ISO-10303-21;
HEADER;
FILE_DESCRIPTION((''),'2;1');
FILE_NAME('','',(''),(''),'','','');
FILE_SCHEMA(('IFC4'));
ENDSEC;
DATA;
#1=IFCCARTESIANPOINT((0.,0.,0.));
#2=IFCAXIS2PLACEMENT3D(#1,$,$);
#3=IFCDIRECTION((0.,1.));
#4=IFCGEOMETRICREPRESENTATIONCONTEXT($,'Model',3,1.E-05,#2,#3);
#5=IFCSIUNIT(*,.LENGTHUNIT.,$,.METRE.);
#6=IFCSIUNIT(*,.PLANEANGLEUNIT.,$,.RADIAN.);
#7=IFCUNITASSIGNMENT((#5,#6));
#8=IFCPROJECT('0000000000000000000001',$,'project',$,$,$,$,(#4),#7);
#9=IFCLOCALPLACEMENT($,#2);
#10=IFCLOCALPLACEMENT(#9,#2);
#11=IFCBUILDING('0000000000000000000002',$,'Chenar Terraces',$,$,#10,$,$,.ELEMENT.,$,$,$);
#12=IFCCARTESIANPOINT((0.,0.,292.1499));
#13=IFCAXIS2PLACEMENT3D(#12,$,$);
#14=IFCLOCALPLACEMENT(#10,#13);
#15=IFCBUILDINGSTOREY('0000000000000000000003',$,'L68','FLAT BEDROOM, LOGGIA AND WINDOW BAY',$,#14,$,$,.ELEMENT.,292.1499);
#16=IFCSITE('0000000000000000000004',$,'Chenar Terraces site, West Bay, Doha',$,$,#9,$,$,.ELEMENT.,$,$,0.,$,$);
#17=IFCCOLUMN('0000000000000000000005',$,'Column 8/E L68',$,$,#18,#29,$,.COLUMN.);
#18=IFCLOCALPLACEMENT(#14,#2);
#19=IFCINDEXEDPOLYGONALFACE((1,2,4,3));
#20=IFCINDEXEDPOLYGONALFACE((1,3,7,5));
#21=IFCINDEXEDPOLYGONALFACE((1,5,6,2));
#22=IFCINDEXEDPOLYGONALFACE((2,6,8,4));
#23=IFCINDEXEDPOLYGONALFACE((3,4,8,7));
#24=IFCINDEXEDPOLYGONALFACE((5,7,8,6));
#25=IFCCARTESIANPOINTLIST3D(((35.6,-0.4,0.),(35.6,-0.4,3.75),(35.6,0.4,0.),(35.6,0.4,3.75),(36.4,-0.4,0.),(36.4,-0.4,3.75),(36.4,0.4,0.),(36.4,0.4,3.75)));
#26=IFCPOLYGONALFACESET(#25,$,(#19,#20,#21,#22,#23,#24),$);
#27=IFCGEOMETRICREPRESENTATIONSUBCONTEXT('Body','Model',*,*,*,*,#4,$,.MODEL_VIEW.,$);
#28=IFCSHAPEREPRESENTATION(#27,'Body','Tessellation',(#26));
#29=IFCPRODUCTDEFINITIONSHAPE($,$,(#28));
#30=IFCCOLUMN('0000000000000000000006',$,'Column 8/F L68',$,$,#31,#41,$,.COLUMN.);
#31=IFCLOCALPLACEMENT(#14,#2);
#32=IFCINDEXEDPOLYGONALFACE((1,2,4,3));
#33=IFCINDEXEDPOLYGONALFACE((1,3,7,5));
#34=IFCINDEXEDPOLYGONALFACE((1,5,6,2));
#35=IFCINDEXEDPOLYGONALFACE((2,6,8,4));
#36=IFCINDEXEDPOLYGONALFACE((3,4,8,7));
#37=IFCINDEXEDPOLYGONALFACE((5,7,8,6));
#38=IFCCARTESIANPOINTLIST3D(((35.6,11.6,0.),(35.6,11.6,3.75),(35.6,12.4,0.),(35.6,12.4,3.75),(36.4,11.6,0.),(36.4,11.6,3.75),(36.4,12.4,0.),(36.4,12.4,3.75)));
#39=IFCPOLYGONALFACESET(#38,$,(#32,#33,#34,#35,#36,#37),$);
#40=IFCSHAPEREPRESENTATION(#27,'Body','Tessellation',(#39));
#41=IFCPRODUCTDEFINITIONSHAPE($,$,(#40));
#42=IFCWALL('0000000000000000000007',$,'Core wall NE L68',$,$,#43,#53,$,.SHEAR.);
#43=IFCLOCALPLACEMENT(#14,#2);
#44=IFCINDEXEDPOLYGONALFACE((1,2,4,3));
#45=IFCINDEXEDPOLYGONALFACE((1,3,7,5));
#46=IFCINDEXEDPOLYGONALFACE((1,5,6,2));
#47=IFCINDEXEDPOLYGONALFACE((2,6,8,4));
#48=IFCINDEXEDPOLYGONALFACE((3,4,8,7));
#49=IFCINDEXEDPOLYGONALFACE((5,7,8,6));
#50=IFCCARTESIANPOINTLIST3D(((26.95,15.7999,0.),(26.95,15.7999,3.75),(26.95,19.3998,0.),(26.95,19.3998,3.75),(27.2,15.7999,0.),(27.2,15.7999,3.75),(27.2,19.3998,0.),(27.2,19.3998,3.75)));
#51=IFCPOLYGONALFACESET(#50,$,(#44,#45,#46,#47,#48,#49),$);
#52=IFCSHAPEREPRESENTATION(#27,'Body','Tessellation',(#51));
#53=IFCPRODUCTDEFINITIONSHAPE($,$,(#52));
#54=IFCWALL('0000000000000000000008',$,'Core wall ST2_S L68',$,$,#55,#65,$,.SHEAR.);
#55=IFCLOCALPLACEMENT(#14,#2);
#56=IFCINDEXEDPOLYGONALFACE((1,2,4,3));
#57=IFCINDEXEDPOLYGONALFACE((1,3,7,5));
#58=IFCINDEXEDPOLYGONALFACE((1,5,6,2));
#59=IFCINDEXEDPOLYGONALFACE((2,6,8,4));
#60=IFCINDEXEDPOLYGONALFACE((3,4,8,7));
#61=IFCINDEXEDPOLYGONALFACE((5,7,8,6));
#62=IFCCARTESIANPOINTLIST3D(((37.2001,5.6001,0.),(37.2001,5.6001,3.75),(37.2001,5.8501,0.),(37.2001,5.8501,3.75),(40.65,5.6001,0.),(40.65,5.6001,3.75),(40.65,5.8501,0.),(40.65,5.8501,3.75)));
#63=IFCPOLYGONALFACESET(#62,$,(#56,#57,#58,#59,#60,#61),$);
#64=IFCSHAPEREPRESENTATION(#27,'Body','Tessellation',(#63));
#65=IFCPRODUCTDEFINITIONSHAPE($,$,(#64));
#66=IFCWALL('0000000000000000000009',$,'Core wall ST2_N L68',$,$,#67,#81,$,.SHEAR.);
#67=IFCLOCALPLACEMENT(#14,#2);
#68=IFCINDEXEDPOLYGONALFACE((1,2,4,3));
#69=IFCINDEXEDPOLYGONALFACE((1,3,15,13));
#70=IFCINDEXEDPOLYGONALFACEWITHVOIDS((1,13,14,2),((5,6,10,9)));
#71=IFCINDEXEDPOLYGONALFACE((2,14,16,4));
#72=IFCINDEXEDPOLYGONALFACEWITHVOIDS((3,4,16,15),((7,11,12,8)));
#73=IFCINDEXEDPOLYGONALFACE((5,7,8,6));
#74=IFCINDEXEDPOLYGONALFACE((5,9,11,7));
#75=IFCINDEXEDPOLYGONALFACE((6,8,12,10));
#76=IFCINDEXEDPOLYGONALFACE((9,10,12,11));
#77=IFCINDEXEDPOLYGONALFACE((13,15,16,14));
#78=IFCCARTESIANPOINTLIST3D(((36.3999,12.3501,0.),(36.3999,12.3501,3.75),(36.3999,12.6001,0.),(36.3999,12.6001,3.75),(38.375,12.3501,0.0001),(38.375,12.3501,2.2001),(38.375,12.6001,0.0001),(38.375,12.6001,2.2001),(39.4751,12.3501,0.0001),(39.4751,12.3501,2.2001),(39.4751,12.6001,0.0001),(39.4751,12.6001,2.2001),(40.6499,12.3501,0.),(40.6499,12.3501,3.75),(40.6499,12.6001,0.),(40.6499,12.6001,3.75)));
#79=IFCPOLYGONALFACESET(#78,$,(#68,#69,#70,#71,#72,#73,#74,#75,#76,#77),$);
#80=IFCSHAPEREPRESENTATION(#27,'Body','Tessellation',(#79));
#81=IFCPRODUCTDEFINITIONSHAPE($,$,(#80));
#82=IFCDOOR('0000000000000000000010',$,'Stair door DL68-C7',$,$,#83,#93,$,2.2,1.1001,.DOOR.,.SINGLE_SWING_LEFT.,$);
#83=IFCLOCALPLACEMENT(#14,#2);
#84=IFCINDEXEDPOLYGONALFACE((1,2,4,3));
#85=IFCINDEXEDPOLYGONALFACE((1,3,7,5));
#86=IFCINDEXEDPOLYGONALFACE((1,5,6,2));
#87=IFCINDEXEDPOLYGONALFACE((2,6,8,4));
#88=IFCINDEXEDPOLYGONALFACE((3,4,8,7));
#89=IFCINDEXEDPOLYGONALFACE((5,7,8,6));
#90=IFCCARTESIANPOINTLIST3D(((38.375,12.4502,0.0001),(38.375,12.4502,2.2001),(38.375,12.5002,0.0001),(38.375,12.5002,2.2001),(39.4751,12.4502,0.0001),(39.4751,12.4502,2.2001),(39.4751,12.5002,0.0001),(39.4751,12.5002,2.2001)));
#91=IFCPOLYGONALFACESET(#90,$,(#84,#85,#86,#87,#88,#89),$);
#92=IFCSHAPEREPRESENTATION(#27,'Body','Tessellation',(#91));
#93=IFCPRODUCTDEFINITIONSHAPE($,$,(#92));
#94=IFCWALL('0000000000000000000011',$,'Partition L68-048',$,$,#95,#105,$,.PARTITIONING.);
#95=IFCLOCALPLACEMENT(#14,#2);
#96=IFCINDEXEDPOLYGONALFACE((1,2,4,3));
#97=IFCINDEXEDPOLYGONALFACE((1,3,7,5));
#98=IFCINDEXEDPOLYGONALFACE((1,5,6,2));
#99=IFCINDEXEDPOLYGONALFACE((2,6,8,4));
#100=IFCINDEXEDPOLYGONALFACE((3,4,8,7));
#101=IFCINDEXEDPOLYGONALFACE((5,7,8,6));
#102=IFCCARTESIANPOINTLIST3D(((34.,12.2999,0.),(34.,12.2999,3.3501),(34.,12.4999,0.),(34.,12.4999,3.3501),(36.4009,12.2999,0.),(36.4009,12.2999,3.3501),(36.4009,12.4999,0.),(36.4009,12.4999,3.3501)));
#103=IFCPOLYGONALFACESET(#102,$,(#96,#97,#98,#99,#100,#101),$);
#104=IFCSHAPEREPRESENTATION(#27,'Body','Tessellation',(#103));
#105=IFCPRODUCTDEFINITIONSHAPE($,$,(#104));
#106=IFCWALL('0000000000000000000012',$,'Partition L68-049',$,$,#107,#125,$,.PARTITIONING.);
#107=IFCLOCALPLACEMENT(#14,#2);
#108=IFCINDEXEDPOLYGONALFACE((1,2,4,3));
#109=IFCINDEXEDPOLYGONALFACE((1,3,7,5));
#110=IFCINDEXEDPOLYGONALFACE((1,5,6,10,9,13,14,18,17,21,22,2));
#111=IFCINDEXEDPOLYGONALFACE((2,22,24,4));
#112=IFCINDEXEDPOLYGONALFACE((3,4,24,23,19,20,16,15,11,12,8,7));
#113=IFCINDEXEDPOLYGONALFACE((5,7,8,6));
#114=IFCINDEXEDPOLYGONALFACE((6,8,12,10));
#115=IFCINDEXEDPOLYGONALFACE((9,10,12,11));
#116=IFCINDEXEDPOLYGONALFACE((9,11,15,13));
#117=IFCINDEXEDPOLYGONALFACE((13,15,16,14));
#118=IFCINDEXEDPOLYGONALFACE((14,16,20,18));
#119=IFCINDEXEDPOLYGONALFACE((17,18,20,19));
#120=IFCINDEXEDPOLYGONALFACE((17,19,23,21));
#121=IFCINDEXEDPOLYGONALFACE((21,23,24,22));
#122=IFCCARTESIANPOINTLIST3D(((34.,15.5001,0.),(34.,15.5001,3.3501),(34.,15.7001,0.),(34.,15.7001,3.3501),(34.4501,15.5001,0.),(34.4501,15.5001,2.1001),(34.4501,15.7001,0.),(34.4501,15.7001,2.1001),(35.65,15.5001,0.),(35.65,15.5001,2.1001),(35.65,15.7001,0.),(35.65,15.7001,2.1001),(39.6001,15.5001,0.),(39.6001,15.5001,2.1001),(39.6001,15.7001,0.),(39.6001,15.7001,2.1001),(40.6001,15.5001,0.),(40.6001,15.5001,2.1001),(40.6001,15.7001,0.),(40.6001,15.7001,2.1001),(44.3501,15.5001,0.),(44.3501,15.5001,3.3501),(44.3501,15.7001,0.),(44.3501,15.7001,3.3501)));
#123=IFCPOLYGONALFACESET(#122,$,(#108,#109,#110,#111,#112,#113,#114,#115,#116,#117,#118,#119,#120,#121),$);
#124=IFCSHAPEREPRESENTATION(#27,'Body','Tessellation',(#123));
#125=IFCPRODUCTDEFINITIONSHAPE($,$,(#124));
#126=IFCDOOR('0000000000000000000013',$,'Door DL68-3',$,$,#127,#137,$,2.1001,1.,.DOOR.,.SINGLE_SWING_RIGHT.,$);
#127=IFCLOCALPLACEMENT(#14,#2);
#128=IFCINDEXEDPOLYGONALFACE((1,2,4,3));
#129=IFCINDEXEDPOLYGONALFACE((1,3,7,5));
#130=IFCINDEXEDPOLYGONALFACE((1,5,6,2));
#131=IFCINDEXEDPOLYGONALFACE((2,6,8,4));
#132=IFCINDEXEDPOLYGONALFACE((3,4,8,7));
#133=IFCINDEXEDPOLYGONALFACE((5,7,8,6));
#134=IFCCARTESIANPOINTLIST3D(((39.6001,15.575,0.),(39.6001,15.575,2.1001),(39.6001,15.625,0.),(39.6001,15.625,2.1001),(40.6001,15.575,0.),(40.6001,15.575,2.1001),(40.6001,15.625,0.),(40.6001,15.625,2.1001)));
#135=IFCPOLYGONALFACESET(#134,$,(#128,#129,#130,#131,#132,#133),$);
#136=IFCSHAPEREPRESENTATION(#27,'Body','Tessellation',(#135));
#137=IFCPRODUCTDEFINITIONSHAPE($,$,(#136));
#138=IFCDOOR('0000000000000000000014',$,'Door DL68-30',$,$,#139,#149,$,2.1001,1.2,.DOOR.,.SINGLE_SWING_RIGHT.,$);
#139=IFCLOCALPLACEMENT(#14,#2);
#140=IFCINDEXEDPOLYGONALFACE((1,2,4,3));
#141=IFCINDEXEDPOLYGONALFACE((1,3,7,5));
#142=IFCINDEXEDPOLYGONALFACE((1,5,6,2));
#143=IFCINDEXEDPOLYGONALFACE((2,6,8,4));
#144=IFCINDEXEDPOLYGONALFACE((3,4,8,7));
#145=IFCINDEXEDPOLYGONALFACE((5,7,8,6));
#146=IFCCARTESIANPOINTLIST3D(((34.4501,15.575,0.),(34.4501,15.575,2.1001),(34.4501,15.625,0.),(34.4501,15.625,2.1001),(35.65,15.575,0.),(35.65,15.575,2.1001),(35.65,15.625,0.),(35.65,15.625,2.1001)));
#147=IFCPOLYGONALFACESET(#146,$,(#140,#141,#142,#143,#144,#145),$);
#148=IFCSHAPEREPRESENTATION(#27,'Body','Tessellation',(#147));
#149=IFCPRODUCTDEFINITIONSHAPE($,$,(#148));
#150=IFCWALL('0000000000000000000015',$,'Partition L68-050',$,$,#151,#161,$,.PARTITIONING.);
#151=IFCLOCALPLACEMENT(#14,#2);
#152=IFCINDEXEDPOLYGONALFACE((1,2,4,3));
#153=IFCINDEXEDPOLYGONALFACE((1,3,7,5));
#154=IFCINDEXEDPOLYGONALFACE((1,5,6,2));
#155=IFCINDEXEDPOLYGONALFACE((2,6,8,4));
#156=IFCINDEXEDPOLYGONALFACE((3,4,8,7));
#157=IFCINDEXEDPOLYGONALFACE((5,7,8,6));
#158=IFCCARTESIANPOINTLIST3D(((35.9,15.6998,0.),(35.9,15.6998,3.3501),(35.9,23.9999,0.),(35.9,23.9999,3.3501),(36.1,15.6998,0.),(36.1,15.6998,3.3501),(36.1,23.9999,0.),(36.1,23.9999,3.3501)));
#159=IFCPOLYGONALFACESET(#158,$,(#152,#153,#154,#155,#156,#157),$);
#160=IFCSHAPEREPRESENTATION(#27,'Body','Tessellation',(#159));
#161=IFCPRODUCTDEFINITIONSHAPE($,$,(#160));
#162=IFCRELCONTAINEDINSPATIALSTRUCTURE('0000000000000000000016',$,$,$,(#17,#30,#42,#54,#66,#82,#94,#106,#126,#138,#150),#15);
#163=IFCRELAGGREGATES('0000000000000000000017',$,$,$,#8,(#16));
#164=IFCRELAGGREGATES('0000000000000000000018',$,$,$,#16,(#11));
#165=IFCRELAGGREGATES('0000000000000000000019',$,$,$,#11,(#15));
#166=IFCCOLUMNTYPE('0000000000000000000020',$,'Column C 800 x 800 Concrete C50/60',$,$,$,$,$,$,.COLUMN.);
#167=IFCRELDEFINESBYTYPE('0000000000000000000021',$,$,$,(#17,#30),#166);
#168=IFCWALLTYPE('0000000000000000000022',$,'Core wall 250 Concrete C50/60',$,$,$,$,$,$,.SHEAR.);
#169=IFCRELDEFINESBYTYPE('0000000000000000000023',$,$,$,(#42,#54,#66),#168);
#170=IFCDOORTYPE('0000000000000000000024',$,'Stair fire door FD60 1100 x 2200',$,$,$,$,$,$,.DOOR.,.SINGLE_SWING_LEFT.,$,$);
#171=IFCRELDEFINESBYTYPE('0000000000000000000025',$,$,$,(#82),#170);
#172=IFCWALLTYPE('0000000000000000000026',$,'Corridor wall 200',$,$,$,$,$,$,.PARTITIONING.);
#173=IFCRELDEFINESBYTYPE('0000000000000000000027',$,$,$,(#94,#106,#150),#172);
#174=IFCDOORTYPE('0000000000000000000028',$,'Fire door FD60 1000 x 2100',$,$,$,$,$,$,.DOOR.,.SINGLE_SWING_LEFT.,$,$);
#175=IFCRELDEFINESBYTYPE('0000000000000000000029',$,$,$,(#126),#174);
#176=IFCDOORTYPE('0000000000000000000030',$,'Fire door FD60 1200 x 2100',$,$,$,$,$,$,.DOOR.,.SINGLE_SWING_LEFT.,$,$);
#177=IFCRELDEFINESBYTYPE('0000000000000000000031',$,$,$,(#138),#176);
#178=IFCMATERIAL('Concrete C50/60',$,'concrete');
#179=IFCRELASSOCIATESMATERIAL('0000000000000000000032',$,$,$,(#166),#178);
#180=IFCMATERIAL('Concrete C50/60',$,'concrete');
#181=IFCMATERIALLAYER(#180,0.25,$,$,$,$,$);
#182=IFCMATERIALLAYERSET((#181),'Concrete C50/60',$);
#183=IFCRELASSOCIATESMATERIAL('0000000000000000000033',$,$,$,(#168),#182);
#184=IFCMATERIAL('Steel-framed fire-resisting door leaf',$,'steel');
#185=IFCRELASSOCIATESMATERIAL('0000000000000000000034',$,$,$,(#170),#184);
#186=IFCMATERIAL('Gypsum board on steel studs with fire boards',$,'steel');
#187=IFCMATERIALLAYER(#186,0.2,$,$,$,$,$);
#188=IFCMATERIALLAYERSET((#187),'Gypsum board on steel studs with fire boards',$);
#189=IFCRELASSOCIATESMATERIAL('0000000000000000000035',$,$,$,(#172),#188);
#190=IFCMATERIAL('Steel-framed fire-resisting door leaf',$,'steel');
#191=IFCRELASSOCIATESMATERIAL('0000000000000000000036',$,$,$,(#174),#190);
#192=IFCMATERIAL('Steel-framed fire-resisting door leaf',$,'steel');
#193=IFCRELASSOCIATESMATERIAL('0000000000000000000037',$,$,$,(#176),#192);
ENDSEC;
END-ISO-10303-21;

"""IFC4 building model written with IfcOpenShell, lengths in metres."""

from ifc_helpers import new_model, si_unit, direction, frame, frame_2d, origin, origin_2d, place, context, subcontext, project, spatial, rectangle, extrude, material, layer, layer_set, material_profile, profile_set, type_object, element, fill, save


model = new_model("IFC4")

# Units and contexts
model_context = context("Model", 3, precision=1e-05, world=origin(), true_north=direction((0.0, 1.0)))
body_context = subcontext(model_context, "Body", "Model", "MODEL_VIEW")
ifc_project = project(units=[si_unit("LENGTHUNIT", "METRE"), si_unit("PLANEANGLEUNIT", "RADIAN")], contexts=[model_context])

# Site, building, storey
site_placement = place(None, origin())
site = spatial("IfcSite", under=ifc_project, at=site_placement, Name="Chenar Terraces site, West Bay, Doha", CompositionType="ELEMENT", RefElevation=0.0)
building_placement = place(site_placement, origin())
building = spatial("IfcBuilding", under=site, at=building_placement, Name="Chenar Terraces", CompositionType="ELEMENT")
storey_placement = place(building_placement, frame((0.0, 0.0, 292.1499)))
storey = spatial("IfcBuildingStorey", under=building, at=storey_placement, Name="L68", Description="FLAT BEDROOM, LOGGIA AND WINDOW BAY", CompositionType="ELEMENT", Elevation=292.1499)

# Columns
ifc_material_1 = material(Name="Concrete C50/60", Category="concrete")
ifc_material_profile = material_profile(ifc_material_1, rectangle(XDim=0.8, YDim=0.8, at=origin_2d()), Name="C 800 x 800")
ifc_profile_set = profile_set([ifc_material_profile], Name="Concrete C50/60")
column_type = type_object("IfcColumnType", Name="Column C 800 x 800 Concrete C50/60", PredefinedType="COLUMN", material=ifc_profile_set)
for number, where, z_axis, x_axis, name in (
    (1, (36.0, 0.0, 0.0), (0.0, 0.0, 1.0), (1.0, 0.0, 0.0), "Column 8/E L68"),
    (2, (36.0, 12.0, 0.0), (0.0, 0.0, 1.0), (1.0, 0.0, 0.0), "Column 8/F L68"),
):
    element("IfcColumn", number, at=place(storey_placement, frame(where, z_axis=z_axis, x_axis=x_axis)), inside=storey, type_object=column_type, Name=name, PredefinedType="COLUMN", context=body_context, shape_type="SweptSolid", body=[
        extrude(rectangle(XDim=0.8, YDim=0.8, at=origin_2d()), origin(), (0.0, 0.0, 1.0), 3.75),
    ])

# Walls
ifc_material_2 = material(Name="Concrete C50/60", Category="concrete")
ifc_layer_1 = layer(ifc_material_2, 0.25)
ifc_layer_set_1 = layer_set([ifc_layer_1], Name="Concrete C50/60")
wall_type_1 = type_object("IfcWallType", Name="Core wall 250 Concrete C50/60", PredefinedType="SHEAR", material=ifc_layer_set_1)
wall_1_placement = place(storey_placement, frame((27.075, 15.8, 0.0), z_axis=(0.0, 0.0, 1.0), x_axis=(0.0, 1.0, 0.0)))
element("IfcWall", 3, at=wall_1_placement, inside=storey, type_object=wall_type_1, Name="Core wall NE L68", PredefinedType="SHEAR", context=body_context, shape_type="SweptSolid", body=[
    extrude(rectangle(XDim=3.5999, YDim=0.25, at=frame_2d((1.7998, 0.0))), origin(), (0.0, 0.0, 1.0), 3.75),
])
wall_2_placement = place(storey_placement, frame((37.2, 5.7251, 0.0), z_axis=(0.0, 0.0, 1.0), x_axis=(1.0, 0.0, 0.0)))
element("IfcWall", 4, at=wall_2_placement, inside=storey, type_object=wall_type_1, Name="Core wall ST2_S L68", PredefinedType="SHEAR", context=body_context, shape_type="SweptSolid", body=[
    extrude(rectangle(XDim=3.45, YDim=0.25, at=frame_2d((1.7251, 0.0))), origin(), (0.0, 0.0, 1.0), 3.75),
])

# Wall, opening, door
wall_3_placement = place(storey_placement, frame((36.3999, 12.4751, 0.0), z_axis=(0.0, 0.0, 1.0), x_axis=(1.0, 0.0, 0.0)))
wall_3 = element("IfcWall", 5, at=wall_3_placement, inside=storey, type_object=wall_type_1, Name="Core wall ST2_N L68", PredefinedType="SHEAR", context=body_context, shape_type="SweptSolid", body=[
    extrude(rectangle(XDim=4.25, YDim=0.25, at=frame_2d((2.125, 0.0))), origin(), (0.0, 0.0, 1.0), 3.75),
])
opening_1_placement = place(wall_3_placement, frame((1.9751, 0.0, 0.0)))
opening_1 = element("IfcOpeningElement", 6, at=opening_1_placement, cuts=wall_3, PredefinedType="OPENING", context=body_context, shape_type="SweptSolid", body=[
    extrude(rectangle(XDim=1.1001, YDim=2.2, at=frame_2d((0.55, 1.1001))), frame((0.0, 0.135, 0.0), z_axis=(0.0, -1.0, 0.0), x_axis=(1.0, 0.0, 0.0)), (0.0, 0.0, 1.0), 0.27),
])
ifc_material_3 = material(Name="Steel-framed fire-resisting door leaf", Category="steel")
door_type_1 = type_object("IfcDoorType", Name="Stair fire door FD60 1100 x 2200", OperationType="SINGLE_SWING_LEFT", PredefinedType="DOOR", material=ifc_material_3)
door_1_placement = place(opening_1_placement, frame((1.1001, 0.0, 0.0), z_axis=(0.0, 0.0, 1.0), x_axis=(-1.0, 0.0, 0.0)))
door_1 = element("IfcDoor", 7, at=door_1_placement, inside=storey, type_object=door_type_1, Name="Stair door DL68-C7", OperationType="SINGLE_SWING_LEFT", OverallHeight=2.2, OverallWidth=1.1001, PredefinedType="DOOR", context=body_context, shape_type="SweptSolid", body=[
    extrude(rectangle(XDim=1.1001, YDim=2.2, at=frame_2d((0.55, 1.1001))), frame((0.0, 0.0249, 0.0), z_axis=(0.0, -1.0, 0.0), x_axis=(1.0, 0.0, 0.0)), (0.0, 0.0, 1.0), 0.05),
])
fill(opening_1, door_1)

# Wall
ifc_material_4 = material(Name="Gypsum board on steel studs with fire boards", Category="steel")
ifc_layer_2 = layer(ifc_material_4, 0.2)
ifc_layer_set_2 = layer_set([ifc_layer_2], Name="Gypsum board on steel studs with fire boards")
wall_type_2 = type_object("IfcWallType", Name="Corridor wall 200", PredefinedType="PARTITIONING", material=ifc_layer_set_2)
wall_4_placement = place(storey_placement, frame((34.0, 12.3999, 0.0), z_axis=(0.0, 0.0, 1.0), x_axis=(1.0, 0.0, 0.0)))
element("IfcWall", 8, at=wall_4_placement, inside=storey, type_object=wall_type_2, Name="Partition L68-048", PredefinedType="PARTITIONING", context=body_context, shape_type="SweptSolid", body=[
    extrude(rectangle(XDim=2.4009, YDim=0.2, at=frame_2d((1.2004, 0.0))), origin(), (0.0, 0.0, 1.0), 3.3501),
])

# Wall, openings, doors
wall_5_placement = place(storey_placement, frame((34.0, 15.6001, 0.0), z_axis=(0.0, 0.0, 1.0), x_axis=(1.0, 0.0, 0.0)))
wall_5 = element("IfcWall", 9, at=wall_5_placement, inside=storey, type_object=wall_type_2, Name="Partition L68-049", PredefinedType="PARTITIONING", context=body_context, shape_type="SweptSolid", body=[
    extrude(rectangle(XDim=10.3501, YDim=0.2, at=frame_2d((5.175, 0.0))), origin(), (0.0, 0.0, 1.0), 3.3501),
])
opening_2_placement = place(wall_5_placement, frame((5.6001, 0.0, 0.0)))
opening_2 = element("IfcOpeningElement", 10, at=opening_2_placement, cuts=wall_5, PredefinedType="OPENING", context=body_context, shape_type="SweptSolid", body=[
    extrude(rectangle(XDim=1.0, YDim=2.1001, at=frame_2d((0.5, 1.05))), frame((0.0, 0.1099, 0.0), z_axis=(0.0, -1.0, 0.0), x_axis=(1.0, 0.0, 0.0)), (0.0, 0.0, 1.0), 0.22),
])
opening_3_placement = place(wall_5_placement, frame((0.45, 0.0, 0.0)))
opening_3 = element("IfcOpeningElement", 11, at=opening_3_placement, cuts=wall_5, PredefinedType="OPENING", context=body_context, shape_type="SweptSolid", body=[
    extrude(rectangle(XDim=1.2, YDim=2.1001, at=frame_2d((0.6001, 1.05))), frame((0.0, 0.1099, 0.0), z_axis=(0.0, -1.0, 0.0), x_axis=(1.0, 0.0, 0.0)), (0.0, 0.0, 1.0), 0.22),
])
ifc_material_5 = material(Name="Steel-framed fire-resisting door leaf", Category="steel")
door_type_2 = type_object("IfcDoorType", Name="Fire door FD60 1000 x 2100", OperationType="SINGLE_SWING_LEFT", PredefinedType="DOOR", material=ifc_material_5)
door_2_placement = place(opening_2_placement, origin())
door_2 = element("IfcDoor", 12, at=door_2_placement, inside=storey, type_object=door_type_2, Name="Door DL68-3", OperationType="SINGLE_SWING_RIGHT", OverallHeight=2.1001, OverallWidth=1.0, PredefinedType="DOOR", context=body_context, shape_type="SweptSolid", body=[
    extrude(rectangle(XDim=1.0, YDim=2.1001, at=frame_2d((0.5, 1.05))), frame((0.0, 0.0249, 0.0), z_axis=(0.0, -1.0, 0.0), x_axis=(1.0, 0.0, 0.0)), (0.0, 0.0, 1.0), 0.05),
])
fill(opening_2, door_2)
ifc_material_6 = material(Name="Steel-framed fire-resisting door leaf", Category="steel")
door_type_3 = type_object("IfcDoorType", Name="Fire door FD60 1200 x 2100", OperationType="SINGLE_SWING_LEFT", PredefinedType="DOOR", material=ifc_material_6)
door_3_placement = place(opening_3_placement, origin())
door_3 = element("IfcDoor", 13, at=door_3_placement, inside=storey, type_object=door_type_3, Name="Door DL68-30", OperationType="SINGLE_SWING_RIGHT", OverallHeight=2.1001, OverallWidth=1.2, PredefinedType="DOOR", context=body_context, shape_type="SweptSolid", body=[
    extrude(rectangle(XDim=1.2, YDim=2.1001, at=frame_2d((0.6001, 1.05))), frame((0.0, 0.0249, 0.0), z_axis=(0.0, -1.0, 0.0), x_axis=(1.0, 0.0, 0.0)), (0.0, 0.0, 1.0), 0.05),
])
fill(opening_3, door_3)

# Wall
wall_6_placement = place(storey_placement, frame((36.0, 15.7, 0.0), z_axis=(0.0, 0.0, 1.0), x_axis=(0.0, 1.0, 0.0)))
element("IfcWall", 14, at=wall_6_placement, inside=storey, type_object=wall_type_2, Name="Partition L68-050", PredefinedType="PARTITIONING", context=body_context, shape_type="SweptSolid", body=[
    extrude(rectangle(XDim=8.3, YDim=0.2, at=frame_2d((4.1499, 0.0))), origin(), (0.0, 0.0, 1.0), 3.3501),
])

save(model, "model.ifc")
